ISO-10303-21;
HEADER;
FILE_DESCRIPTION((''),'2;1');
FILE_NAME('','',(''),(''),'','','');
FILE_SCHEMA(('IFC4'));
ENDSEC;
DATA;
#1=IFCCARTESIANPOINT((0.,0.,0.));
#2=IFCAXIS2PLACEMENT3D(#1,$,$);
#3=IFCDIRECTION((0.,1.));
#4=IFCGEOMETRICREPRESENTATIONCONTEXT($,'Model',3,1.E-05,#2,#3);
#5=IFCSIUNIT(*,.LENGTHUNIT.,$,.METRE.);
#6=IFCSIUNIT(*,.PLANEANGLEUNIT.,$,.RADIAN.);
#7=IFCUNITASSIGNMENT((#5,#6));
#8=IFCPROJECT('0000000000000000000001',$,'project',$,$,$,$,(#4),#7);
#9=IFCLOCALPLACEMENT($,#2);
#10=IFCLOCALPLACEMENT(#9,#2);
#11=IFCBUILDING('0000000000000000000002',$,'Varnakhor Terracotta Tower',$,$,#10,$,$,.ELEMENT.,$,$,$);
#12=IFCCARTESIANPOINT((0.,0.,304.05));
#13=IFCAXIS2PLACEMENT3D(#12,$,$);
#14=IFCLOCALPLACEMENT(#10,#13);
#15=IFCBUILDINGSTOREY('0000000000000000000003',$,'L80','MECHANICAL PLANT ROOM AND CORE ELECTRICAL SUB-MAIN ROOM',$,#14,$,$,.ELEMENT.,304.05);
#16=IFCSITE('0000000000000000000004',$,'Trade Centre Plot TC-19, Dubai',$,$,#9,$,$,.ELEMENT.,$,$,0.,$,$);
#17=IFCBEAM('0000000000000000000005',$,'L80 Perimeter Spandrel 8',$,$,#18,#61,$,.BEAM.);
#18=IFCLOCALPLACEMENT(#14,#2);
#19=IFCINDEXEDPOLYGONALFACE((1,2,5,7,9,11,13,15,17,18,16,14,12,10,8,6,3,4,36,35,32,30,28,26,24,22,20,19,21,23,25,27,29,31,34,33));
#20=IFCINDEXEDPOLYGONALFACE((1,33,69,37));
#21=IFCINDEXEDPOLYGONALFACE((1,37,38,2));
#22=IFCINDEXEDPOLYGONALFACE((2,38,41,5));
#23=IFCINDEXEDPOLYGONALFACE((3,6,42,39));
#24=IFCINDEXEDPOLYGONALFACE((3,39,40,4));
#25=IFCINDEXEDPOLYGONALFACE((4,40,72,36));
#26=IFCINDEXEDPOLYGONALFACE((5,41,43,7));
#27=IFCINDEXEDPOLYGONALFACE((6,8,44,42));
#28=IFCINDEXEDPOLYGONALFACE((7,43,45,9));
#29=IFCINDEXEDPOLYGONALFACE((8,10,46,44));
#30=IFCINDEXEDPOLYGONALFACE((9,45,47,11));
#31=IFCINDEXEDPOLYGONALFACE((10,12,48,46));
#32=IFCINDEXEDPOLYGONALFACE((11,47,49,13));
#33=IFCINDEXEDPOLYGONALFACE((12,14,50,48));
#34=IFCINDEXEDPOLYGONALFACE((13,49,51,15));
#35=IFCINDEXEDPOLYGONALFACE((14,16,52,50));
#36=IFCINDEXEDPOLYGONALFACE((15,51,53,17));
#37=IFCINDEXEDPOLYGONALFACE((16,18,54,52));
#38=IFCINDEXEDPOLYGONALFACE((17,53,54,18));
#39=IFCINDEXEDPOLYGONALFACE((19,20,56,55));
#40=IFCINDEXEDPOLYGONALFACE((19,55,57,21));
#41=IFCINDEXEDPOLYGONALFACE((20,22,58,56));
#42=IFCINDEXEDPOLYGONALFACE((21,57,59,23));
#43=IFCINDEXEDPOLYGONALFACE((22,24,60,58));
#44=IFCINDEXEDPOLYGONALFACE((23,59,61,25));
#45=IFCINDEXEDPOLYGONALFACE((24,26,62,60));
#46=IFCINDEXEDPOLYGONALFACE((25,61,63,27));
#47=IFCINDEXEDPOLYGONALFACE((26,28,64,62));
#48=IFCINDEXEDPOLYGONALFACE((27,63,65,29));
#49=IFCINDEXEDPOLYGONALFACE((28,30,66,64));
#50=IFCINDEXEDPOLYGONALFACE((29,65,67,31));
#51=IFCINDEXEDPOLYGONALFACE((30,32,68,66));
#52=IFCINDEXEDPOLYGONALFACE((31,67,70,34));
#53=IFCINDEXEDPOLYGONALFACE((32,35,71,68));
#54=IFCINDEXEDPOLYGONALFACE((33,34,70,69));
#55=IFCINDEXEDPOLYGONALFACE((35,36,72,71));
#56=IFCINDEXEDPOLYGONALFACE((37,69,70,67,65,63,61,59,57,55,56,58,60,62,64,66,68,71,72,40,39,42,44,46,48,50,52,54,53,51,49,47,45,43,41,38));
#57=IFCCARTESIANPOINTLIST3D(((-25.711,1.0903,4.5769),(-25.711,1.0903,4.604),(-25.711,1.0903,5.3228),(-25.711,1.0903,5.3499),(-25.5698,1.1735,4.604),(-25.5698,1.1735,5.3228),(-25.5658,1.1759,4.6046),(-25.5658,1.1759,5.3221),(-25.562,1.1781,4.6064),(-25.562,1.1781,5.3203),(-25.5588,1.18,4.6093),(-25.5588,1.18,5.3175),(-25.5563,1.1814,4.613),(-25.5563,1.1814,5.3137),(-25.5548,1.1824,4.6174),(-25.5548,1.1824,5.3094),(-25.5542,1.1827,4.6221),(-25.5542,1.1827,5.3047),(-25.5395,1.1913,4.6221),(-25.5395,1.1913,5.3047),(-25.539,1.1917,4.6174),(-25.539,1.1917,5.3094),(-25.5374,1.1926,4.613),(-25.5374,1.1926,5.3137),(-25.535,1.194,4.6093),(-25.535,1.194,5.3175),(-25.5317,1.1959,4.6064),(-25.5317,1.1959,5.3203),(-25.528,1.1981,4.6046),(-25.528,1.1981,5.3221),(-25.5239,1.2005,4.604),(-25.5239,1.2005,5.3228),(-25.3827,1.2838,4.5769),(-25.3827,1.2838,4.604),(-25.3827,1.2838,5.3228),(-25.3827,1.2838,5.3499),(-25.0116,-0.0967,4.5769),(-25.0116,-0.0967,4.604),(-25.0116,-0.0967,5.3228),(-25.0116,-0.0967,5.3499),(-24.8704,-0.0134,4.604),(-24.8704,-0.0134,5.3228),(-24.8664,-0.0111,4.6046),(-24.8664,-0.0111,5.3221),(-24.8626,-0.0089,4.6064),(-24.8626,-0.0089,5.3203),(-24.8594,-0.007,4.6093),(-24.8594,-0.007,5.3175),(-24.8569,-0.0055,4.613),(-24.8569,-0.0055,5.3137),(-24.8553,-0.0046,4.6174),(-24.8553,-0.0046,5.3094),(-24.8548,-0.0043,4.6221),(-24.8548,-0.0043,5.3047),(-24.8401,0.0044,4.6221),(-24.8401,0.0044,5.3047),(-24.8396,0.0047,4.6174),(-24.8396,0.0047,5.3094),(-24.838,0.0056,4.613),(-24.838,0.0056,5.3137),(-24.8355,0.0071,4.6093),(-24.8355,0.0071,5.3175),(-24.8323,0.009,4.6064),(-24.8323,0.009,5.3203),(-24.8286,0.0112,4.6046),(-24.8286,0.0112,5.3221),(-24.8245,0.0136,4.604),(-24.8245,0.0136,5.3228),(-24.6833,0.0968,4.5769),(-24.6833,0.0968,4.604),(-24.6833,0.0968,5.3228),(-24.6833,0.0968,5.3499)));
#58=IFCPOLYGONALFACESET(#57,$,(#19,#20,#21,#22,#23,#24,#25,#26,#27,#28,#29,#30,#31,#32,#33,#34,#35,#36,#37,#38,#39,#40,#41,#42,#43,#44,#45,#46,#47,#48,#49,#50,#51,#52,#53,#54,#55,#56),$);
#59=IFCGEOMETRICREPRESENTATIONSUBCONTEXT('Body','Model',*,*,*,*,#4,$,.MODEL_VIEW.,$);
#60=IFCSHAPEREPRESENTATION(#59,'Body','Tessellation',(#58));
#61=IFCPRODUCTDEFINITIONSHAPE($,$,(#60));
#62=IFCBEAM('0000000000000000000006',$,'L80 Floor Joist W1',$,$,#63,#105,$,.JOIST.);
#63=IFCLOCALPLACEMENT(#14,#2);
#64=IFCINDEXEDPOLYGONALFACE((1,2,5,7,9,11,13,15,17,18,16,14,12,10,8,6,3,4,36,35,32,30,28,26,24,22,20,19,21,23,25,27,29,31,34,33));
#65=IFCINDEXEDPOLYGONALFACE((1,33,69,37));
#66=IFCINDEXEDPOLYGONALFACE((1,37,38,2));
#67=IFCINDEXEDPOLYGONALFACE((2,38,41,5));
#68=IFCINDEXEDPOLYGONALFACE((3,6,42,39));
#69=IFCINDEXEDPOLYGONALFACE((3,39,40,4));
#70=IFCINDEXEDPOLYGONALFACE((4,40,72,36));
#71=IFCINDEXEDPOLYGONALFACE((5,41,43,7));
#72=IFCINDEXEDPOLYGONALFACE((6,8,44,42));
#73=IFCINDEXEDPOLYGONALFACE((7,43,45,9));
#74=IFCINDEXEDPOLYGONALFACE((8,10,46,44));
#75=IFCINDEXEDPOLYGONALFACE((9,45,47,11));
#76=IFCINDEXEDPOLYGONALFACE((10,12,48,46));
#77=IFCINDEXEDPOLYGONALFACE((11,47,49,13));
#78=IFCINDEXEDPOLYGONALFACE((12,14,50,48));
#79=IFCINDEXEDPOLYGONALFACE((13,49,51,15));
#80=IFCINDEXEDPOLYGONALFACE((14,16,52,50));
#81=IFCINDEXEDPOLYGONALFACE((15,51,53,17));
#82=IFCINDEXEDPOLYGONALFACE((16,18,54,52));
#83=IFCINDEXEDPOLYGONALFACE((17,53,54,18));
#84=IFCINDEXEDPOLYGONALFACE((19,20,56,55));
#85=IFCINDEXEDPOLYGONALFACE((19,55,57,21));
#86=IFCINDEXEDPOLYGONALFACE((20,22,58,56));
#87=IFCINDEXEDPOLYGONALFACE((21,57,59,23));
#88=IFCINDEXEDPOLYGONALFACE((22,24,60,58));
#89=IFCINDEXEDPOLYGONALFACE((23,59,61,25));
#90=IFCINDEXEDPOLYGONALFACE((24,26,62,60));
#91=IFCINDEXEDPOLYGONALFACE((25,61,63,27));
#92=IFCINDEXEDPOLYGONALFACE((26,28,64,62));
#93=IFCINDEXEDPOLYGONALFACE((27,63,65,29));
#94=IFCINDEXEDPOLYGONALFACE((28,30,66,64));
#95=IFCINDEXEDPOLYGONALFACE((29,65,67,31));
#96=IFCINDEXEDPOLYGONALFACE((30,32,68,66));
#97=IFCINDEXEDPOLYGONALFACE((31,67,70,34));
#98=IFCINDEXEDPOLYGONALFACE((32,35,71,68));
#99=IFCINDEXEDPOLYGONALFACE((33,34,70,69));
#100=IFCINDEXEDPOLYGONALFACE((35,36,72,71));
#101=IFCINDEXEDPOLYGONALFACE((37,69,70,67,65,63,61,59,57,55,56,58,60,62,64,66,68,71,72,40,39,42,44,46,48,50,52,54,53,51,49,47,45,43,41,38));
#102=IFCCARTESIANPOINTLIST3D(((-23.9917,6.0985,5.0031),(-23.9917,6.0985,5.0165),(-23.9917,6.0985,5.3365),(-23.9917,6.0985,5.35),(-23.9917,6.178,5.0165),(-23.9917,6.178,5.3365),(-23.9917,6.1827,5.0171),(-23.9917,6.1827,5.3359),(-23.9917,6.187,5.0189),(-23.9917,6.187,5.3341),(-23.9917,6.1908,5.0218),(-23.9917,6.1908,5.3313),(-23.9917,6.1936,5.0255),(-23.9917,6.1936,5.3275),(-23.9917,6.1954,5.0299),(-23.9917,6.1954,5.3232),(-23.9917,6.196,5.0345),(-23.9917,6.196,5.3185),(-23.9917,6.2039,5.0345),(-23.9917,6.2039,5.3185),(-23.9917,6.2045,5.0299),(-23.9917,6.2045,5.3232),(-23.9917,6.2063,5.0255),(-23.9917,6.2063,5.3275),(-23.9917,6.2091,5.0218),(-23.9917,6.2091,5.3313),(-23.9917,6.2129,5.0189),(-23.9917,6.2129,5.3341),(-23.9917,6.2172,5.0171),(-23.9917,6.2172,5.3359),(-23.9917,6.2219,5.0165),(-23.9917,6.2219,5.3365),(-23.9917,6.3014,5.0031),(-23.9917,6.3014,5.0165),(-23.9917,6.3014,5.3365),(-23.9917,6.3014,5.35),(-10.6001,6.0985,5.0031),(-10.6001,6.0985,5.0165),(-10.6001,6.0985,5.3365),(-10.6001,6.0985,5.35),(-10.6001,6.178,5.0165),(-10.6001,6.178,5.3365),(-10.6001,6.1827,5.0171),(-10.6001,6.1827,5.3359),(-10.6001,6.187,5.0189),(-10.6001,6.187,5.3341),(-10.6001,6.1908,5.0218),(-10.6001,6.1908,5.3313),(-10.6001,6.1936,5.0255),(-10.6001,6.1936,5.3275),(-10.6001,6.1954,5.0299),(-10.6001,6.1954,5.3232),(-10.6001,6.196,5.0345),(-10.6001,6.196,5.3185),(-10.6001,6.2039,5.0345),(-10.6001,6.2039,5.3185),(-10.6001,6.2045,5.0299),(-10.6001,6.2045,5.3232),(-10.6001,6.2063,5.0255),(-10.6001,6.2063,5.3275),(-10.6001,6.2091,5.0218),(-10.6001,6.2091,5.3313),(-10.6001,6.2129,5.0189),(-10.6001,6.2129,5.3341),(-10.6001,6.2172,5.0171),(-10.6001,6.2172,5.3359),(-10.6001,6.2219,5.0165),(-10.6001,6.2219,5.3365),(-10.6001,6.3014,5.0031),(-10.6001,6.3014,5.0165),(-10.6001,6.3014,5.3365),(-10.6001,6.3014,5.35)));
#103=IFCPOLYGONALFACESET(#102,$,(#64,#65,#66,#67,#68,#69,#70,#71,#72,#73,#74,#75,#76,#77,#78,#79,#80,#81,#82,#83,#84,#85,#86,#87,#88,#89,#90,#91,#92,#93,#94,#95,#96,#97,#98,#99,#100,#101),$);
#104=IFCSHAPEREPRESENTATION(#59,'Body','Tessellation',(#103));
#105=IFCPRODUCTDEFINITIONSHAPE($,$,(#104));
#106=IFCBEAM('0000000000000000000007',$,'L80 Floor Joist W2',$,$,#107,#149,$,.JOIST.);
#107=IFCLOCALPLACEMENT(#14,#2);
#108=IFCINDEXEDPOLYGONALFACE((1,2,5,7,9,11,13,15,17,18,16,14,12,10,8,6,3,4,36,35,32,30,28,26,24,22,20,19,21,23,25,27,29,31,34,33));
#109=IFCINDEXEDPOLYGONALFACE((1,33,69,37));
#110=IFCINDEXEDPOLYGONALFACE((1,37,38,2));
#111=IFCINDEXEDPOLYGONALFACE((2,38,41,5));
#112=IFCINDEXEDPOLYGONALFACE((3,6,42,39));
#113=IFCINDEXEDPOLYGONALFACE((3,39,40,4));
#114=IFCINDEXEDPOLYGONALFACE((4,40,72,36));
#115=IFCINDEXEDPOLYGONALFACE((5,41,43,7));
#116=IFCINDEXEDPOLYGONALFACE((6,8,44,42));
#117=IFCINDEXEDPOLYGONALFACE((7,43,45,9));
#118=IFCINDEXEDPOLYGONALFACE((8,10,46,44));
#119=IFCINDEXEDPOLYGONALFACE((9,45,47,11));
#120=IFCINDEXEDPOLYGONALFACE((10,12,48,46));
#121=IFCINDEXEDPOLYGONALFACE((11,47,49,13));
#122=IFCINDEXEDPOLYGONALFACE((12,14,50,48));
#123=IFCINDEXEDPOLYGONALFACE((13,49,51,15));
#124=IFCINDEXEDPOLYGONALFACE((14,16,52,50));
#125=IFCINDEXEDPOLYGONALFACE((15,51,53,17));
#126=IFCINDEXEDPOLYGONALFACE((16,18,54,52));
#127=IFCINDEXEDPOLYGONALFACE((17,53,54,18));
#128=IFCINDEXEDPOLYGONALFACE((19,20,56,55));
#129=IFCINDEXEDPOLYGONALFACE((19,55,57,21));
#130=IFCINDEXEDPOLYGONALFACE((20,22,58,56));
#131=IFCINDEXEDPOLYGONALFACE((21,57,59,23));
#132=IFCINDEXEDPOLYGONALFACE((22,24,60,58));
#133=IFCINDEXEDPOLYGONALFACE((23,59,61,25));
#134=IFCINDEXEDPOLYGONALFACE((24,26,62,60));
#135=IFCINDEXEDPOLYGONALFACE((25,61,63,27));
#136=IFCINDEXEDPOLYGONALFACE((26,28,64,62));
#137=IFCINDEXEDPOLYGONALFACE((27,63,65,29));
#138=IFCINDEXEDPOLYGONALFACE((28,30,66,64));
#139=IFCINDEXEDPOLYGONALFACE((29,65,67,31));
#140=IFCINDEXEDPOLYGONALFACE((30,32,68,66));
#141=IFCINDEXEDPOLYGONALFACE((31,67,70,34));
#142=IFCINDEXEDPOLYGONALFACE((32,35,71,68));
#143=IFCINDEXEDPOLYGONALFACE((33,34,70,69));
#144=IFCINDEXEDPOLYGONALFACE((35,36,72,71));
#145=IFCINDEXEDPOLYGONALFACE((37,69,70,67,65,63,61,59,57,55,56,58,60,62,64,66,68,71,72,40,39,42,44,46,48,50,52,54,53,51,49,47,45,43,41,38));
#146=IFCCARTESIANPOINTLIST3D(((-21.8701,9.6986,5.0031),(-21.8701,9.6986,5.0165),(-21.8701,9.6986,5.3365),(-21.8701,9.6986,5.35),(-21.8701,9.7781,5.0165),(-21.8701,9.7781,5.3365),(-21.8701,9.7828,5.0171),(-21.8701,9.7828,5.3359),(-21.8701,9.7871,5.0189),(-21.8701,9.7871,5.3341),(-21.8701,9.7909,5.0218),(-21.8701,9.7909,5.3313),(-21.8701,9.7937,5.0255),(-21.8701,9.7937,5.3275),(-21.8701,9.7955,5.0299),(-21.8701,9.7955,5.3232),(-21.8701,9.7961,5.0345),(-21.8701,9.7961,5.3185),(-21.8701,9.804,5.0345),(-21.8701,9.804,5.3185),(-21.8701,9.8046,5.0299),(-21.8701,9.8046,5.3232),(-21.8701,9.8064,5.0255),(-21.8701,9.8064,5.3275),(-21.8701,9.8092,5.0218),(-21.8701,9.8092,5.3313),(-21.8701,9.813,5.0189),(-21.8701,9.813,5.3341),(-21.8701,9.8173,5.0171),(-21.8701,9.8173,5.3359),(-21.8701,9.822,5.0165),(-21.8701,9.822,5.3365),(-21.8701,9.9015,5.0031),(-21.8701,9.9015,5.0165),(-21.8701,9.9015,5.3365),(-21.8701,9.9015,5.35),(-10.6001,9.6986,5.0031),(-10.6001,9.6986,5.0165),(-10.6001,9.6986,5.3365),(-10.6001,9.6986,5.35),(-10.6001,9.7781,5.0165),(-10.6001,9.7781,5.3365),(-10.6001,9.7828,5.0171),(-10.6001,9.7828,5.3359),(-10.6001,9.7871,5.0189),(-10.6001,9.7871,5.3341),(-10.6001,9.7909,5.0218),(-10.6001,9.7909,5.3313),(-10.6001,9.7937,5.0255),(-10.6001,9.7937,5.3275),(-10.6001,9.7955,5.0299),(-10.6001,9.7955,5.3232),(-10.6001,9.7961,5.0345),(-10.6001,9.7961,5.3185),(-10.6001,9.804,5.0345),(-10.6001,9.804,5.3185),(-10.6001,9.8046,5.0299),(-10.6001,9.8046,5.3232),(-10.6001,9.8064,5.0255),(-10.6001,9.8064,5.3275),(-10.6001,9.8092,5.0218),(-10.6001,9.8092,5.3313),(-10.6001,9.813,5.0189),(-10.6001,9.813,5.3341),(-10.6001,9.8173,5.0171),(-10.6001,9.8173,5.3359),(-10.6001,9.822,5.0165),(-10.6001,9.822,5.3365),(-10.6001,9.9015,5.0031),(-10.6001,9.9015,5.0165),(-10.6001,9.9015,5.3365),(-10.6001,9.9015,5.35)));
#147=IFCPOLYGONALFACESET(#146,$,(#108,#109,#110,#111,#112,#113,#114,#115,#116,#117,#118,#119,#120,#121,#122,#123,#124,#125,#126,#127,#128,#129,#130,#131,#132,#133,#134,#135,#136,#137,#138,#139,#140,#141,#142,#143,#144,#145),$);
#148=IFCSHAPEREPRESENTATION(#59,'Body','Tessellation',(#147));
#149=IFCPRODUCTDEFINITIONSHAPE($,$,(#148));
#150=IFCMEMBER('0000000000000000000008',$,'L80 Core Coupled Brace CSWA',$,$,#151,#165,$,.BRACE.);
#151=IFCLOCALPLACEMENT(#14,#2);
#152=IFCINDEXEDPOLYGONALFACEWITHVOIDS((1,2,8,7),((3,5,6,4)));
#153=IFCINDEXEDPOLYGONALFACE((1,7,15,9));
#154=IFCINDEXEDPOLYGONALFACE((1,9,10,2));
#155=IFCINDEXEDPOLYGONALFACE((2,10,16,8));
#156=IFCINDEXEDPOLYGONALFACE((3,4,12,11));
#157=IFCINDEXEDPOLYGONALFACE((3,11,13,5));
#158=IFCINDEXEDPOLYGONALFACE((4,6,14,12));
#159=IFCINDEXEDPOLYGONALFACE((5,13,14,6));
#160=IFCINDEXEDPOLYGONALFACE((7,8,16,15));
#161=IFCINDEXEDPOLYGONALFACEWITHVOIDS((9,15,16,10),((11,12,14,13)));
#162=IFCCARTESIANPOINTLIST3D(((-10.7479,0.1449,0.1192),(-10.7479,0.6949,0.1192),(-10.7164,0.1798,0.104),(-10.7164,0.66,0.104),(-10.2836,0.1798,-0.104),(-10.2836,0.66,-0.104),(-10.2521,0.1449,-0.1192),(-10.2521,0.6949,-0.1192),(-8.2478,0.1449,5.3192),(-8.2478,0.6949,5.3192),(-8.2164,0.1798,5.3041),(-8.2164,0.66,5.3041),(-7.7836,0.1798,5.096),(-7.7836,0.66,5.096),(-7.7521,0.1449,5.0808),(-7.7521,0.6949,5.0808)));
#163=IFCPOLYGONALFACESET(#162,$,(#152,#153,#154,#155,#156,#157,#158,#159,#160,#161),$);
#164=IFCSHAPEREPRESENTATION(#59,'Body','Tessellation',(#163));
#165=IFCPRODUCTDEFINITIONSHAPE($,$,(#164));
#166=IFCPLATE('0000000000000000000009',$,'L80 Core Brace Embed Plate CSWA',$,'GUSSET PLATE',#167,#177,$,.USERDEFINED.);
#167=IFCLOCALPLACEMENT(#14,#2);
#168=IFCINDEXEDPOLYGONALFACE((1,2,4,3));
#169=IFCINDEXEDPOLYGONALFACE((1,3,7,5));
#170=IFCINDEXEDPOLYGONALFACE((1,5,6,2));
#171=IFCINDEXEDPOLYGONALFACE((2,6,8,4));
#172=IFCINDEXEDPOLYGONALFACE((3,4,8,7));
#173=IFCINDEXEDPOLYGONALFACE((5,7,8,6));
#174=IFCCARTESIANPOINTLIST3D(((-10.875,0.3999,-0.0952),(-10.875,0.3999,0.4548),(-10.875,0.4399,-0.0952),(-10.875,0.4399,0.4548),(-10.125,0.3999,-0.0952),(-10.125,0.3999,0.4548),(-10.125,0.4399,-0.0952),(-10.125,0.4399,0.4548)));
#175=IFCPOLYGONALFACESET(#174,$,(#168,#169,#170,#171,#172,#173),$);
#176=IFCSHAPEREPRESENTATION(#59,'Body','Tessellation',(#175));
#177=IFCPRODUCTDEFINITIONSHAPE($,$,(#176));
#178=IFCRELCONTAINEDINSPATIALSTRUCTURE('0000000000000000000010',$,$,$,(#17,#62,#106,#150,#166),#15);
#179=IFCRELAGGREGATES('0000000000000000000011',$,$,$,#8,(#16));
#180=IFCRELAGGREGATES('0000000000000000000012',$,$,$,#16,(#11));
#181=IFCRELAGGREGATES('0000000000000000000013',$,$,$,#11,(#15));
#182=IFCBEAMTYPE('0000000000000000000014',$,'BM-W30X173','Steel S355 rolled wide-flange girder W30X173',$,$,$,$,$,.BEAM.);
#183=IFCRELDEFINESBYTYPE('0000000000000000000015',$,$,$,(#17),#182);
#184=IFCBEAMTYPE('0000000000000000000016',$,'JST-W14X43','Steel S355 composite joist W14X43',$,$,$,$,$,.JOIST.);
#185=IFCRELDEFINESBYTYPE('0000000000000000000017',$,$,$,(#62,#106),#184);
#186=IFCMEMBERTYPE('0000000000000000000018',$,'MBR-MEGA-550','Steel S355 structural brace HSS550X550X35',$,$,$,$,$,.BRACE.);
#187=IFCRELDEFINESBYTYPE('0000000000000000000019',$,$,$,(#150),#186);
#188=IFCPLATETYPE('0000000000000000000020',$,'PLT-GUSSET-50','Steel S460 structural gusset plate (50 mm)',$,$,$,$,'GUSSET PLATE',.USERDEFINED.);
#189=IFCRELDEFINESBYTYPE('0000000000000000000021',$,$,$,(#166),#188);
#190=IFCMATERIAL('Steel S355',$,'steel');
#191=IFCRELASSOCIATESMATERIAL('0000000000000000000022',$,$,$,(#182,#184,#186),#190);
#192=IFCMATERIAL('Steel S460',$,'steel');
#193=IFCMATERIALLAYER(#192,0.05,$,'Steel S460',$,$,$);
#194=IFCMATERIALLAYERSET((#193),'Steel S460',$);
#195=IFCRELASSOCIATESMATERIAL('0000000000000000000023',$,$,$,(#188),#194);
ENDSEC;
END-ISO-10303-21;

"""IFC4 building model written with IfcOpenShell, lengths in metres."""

from ifc_helpers import new_model, si_unit, direction, frame, origin, origin_2d, place, context, subcontext, project, spatial, rectangle, hollow_rectangle, i_section, extrude, source, transform, mapped, material, layer, layer_set, material_profile, profile_set, type_object, type_shapes, element, save


model = new_model("IFC4")

# Units and contexts
model_context = context("Model", 3, precision=1e-05, world=origin(), true_north=direction((0.0, 1.0)))
body_context = subcontext(model_context, "Body", "Model", "MODEL_VIEW")
ifc_project = project(units=[si_unit("LENGTHUNIT", "METRE"), si_unit("PLANEANGLEUNIT", "RADIAN")], contexts=[model_context])

# Site, building, storey
site_placement = place(None, origin())
site = spatial("IfcSite", under=ifc_project, at=site_placement, Name="Trade Centre Plot TC-19, Dubai", CompositionType="ELEMENT", RefElevation=0.0)
building_placement = place(site_placement, origin())
building = spatial("IfcBuilding", under=site, at=building_placement, Name="Varnakhor Terracotta Tower", CompositionType="ELEMENT")
storey_placement = place(building_placement, frame((0.0, 0.0, 304.05)))
storey = spatial("IfcBuildingStorey", under=building, at=storey_placement, Name="L80", Description="MECHANICAL PLANT ROOM AND CORE ELECTRICAL SUB-MAIN ROOM", CompositionType="ELEMENT", Elevation=304.05)

# Shared definitions
ifc_material_1 = material(Name="Steel S355", Category="steel")

# Beams
ifc_material_profile_1 = material_profile(ifc_material_1, i_section(OverallWidth=0.3811, OverallDepth=0.7729, WebThickness=0.0171, FlangeThickness=0.0271, FilletRadius=0.0181, at=origin_2d()), Name="W30X173")
ifc_profile_set_1 = profile_set([ifc_material_profile_1], Name="Steel S355")
beam_type_1 = type_object("IfcBeamType", Name="BM-W30X173", Description="Steel S355 rolled wide-flange girder W30X173", PredefinedType="BEAM", material=ifc_profile_set_1)
shared_shape_1 = source(origin(), body_context, "Body", "SweptSolid", [
    extrude(i_section(OverallWidth=0.3811, OverallDepth=0.7729, WebThickness=0.0171, FlangeThickness=0.0271, FilletRadius=0.0181, at=origin_2d()), origin(), (0.0, 0.0, 1.0), 1.3777),
])
for number, where, z_axis, x_axis, name in (
    (1, (-25.5469, 1.187, 4.9634), (0.507678, -0.861547, 0.0), (0.861547, 0.507678, 0.0), "L80 Perimeter Spandrel 8"),
):
    element("IfcBeam", number, at=place(storey_placement, frame(where, z_axis=z_axis, x_axis=x_axis)), inside=storey, type_object=beam_type_1, Name=name, PredefinedType="BEAM", context=body_context, shape_type="MappedRepresentation", body=[
        mapped(shared_shape_1, transform((0.0, 0.0, 0.0), scale=1.0)),
    ])
ifc_material_profile_2 = material_profile(ifc_material_1, i_section(OverallWidth=0.2029, OverallDepth=0.3469, WebThickness=0.0078, FlangeThickness=0.0134, FilletRadius=0.0181, at=origin_2d()), Name="W14X43")
ifc_profile_set_2 = profile_set([ifc_material_profile_2], Name="Steel S355")
beam_type_2 = type_object("IfcBeamType", Name="JST-W14X43", Description="Steel S355 composite joist W14X43", PredefinedType="JOIST", material=ifc_profile_set_2)
shared_shape_2 = source(origin(), body_context, "Body", "SweptSolid", [
    extrude(i_section(OverallWidth=0.2029, OverallDepth=0.3469, WebThickness=0.0078, FlangeThickness=0.0134, FilletRadius=0.0181, at=origin_2d()), origin(), (0.0, 0.0, 1.0), 13.3916),
])
beam_1_placement = place(storey_placement, frame((-23.9917, 6.2, 5.1765), z_axis=(1.0, 0.0, 0.0), x_axis=(0.0, 1.0, 0.0)))
element("IfcBeam", 2, at=beam_1_placement, inside=storey, type_object=beam_type_2, Name="L80 Floor Joist W1", PredefinedType="JOIST", context=body_context, shape_type="MappedRepresentation", body=[
    mapped(shared_shape_2, transform((0.0, 0.0, 0.0), scale=1.0)),
])
shared_shape_3 = source(origin(), body_context, "Body", "SweptSolid", [
    extrude(i_section(OverallWidth=0.2029, OverallDepth=0.3469, WebThickness=0.0078, FlangeThickness=0.0134, FilletRadius=0.0181, at=origin_2d()), origin(), (0.0, 0.0, 1.0), 11.27),
])
beam_2_placement = place(storey_placement, frame((-21.8701, 9.8, 5.1765), z_axis=(1.0, 0.0, 0.0), x_axis=(0.0, 1.0, 0.0)))
element("IfcBeam", 3, at=beam_2_placement, inside=storey, type_object=beam_type_2, Name="L80 Floor Joist W2", PredefinedType="JOIST", context=body_context, shape_type="MappedRepresentation", body=[
    mapped(shared_shape_3, transform((0.0, 0.0, 0.0), scale=1.0)),
])

# Member
ifc_material_profile_3 = material_profile(ifc_material_1, hollow_rectangle(XDim=0.55, YDim=0.55, WallThickness=0.0349, at=origin_2d()), Name="HSS550X550X35")
ifc_profile_set_3 = profile_set([ifc_material_profile_3], Name="Steel S355")
member_type = type_object("IfcMemberType", Name="MBR-MEGA-550", Description="Steel S355 structural brace HSS550X550X35", PredefinedType="BRACE", material=ifc_profile_set_3)
shared_shape_4 = source(origin(), body_context, "Body", "SweptSolid", [
    extrude(hollow_rectangle(XDim=0.55, YDim=0.55, WallThickness=0.0349, at=origin_2d()), origin(), (0.0, 0.0, 1.0), 5.7698),
])
member_placement = place(storey_placement, frame((-10.5, 0.4199, 0.0), z_axis=(0.433298, 0.0, 0.901251), x_axis=(0.0, 1.0, 0.0)))
element("IfcMember", 4, at=member_placement, inside=storey, type_object=member_type, Name="L80 Core Coupled Brace CSWA", PredefinedType="BRACE", context=body_context, shape_type="MappedRepresentation", body=[
    mapped(shared_shape_4, transform((0.0, 0.0, 0.0), scale=1.0)),
])

# Plate
ifc_material_2 = material(Name="Steel S460", Category="steel")
ifc_layer_1 = layer(ifc_material_2, 0.05, Name="Steel S460")
ifc_layer_set_1 = layer_set([ifc_layer_1], Name="Steel S460")
plate_type = type_object("IfcPlateType", Name="PLT-GUSSET-50", Description="Steel S460 structural gusset plate (50 mm)", ElementType="GUSSET PLATE", PredefinedType="USERDEFINED", material=ifc_layer_set_1)
shared_shape_5 = source(origin(), body_context, "Body", "SweptSolid", [
    extrude(rectangle(XDim=0.75, YDim=0.04, at=origin_2d()), origin(), (0.0, 0.0, 1.0), 0.55),
])
type_shapes(plate_type, [shared_shape_5])
plate_placement = place(storey_placement, frame((-10.5, 0.4199, -0.0952), z_axis=(0.0, 0.0, 1.0), x_axis=(1.0, 0.0, 0.0)))
element("IfcPlate", 5, at=plate_placement, inside=storey, type_object=plate_type, Name="L80 Core Brace Embed Plate CSWA", ObjectType="GUSSET PLATE", PredefinedType="USERDEFINED", context=body_context, shape_type="MappedRepresentation", body=[
    mapped(shared_shape_5, transform((0.0, 0.0, 0.0), scale=1.0)),
])

save(model, "model.ifc")
